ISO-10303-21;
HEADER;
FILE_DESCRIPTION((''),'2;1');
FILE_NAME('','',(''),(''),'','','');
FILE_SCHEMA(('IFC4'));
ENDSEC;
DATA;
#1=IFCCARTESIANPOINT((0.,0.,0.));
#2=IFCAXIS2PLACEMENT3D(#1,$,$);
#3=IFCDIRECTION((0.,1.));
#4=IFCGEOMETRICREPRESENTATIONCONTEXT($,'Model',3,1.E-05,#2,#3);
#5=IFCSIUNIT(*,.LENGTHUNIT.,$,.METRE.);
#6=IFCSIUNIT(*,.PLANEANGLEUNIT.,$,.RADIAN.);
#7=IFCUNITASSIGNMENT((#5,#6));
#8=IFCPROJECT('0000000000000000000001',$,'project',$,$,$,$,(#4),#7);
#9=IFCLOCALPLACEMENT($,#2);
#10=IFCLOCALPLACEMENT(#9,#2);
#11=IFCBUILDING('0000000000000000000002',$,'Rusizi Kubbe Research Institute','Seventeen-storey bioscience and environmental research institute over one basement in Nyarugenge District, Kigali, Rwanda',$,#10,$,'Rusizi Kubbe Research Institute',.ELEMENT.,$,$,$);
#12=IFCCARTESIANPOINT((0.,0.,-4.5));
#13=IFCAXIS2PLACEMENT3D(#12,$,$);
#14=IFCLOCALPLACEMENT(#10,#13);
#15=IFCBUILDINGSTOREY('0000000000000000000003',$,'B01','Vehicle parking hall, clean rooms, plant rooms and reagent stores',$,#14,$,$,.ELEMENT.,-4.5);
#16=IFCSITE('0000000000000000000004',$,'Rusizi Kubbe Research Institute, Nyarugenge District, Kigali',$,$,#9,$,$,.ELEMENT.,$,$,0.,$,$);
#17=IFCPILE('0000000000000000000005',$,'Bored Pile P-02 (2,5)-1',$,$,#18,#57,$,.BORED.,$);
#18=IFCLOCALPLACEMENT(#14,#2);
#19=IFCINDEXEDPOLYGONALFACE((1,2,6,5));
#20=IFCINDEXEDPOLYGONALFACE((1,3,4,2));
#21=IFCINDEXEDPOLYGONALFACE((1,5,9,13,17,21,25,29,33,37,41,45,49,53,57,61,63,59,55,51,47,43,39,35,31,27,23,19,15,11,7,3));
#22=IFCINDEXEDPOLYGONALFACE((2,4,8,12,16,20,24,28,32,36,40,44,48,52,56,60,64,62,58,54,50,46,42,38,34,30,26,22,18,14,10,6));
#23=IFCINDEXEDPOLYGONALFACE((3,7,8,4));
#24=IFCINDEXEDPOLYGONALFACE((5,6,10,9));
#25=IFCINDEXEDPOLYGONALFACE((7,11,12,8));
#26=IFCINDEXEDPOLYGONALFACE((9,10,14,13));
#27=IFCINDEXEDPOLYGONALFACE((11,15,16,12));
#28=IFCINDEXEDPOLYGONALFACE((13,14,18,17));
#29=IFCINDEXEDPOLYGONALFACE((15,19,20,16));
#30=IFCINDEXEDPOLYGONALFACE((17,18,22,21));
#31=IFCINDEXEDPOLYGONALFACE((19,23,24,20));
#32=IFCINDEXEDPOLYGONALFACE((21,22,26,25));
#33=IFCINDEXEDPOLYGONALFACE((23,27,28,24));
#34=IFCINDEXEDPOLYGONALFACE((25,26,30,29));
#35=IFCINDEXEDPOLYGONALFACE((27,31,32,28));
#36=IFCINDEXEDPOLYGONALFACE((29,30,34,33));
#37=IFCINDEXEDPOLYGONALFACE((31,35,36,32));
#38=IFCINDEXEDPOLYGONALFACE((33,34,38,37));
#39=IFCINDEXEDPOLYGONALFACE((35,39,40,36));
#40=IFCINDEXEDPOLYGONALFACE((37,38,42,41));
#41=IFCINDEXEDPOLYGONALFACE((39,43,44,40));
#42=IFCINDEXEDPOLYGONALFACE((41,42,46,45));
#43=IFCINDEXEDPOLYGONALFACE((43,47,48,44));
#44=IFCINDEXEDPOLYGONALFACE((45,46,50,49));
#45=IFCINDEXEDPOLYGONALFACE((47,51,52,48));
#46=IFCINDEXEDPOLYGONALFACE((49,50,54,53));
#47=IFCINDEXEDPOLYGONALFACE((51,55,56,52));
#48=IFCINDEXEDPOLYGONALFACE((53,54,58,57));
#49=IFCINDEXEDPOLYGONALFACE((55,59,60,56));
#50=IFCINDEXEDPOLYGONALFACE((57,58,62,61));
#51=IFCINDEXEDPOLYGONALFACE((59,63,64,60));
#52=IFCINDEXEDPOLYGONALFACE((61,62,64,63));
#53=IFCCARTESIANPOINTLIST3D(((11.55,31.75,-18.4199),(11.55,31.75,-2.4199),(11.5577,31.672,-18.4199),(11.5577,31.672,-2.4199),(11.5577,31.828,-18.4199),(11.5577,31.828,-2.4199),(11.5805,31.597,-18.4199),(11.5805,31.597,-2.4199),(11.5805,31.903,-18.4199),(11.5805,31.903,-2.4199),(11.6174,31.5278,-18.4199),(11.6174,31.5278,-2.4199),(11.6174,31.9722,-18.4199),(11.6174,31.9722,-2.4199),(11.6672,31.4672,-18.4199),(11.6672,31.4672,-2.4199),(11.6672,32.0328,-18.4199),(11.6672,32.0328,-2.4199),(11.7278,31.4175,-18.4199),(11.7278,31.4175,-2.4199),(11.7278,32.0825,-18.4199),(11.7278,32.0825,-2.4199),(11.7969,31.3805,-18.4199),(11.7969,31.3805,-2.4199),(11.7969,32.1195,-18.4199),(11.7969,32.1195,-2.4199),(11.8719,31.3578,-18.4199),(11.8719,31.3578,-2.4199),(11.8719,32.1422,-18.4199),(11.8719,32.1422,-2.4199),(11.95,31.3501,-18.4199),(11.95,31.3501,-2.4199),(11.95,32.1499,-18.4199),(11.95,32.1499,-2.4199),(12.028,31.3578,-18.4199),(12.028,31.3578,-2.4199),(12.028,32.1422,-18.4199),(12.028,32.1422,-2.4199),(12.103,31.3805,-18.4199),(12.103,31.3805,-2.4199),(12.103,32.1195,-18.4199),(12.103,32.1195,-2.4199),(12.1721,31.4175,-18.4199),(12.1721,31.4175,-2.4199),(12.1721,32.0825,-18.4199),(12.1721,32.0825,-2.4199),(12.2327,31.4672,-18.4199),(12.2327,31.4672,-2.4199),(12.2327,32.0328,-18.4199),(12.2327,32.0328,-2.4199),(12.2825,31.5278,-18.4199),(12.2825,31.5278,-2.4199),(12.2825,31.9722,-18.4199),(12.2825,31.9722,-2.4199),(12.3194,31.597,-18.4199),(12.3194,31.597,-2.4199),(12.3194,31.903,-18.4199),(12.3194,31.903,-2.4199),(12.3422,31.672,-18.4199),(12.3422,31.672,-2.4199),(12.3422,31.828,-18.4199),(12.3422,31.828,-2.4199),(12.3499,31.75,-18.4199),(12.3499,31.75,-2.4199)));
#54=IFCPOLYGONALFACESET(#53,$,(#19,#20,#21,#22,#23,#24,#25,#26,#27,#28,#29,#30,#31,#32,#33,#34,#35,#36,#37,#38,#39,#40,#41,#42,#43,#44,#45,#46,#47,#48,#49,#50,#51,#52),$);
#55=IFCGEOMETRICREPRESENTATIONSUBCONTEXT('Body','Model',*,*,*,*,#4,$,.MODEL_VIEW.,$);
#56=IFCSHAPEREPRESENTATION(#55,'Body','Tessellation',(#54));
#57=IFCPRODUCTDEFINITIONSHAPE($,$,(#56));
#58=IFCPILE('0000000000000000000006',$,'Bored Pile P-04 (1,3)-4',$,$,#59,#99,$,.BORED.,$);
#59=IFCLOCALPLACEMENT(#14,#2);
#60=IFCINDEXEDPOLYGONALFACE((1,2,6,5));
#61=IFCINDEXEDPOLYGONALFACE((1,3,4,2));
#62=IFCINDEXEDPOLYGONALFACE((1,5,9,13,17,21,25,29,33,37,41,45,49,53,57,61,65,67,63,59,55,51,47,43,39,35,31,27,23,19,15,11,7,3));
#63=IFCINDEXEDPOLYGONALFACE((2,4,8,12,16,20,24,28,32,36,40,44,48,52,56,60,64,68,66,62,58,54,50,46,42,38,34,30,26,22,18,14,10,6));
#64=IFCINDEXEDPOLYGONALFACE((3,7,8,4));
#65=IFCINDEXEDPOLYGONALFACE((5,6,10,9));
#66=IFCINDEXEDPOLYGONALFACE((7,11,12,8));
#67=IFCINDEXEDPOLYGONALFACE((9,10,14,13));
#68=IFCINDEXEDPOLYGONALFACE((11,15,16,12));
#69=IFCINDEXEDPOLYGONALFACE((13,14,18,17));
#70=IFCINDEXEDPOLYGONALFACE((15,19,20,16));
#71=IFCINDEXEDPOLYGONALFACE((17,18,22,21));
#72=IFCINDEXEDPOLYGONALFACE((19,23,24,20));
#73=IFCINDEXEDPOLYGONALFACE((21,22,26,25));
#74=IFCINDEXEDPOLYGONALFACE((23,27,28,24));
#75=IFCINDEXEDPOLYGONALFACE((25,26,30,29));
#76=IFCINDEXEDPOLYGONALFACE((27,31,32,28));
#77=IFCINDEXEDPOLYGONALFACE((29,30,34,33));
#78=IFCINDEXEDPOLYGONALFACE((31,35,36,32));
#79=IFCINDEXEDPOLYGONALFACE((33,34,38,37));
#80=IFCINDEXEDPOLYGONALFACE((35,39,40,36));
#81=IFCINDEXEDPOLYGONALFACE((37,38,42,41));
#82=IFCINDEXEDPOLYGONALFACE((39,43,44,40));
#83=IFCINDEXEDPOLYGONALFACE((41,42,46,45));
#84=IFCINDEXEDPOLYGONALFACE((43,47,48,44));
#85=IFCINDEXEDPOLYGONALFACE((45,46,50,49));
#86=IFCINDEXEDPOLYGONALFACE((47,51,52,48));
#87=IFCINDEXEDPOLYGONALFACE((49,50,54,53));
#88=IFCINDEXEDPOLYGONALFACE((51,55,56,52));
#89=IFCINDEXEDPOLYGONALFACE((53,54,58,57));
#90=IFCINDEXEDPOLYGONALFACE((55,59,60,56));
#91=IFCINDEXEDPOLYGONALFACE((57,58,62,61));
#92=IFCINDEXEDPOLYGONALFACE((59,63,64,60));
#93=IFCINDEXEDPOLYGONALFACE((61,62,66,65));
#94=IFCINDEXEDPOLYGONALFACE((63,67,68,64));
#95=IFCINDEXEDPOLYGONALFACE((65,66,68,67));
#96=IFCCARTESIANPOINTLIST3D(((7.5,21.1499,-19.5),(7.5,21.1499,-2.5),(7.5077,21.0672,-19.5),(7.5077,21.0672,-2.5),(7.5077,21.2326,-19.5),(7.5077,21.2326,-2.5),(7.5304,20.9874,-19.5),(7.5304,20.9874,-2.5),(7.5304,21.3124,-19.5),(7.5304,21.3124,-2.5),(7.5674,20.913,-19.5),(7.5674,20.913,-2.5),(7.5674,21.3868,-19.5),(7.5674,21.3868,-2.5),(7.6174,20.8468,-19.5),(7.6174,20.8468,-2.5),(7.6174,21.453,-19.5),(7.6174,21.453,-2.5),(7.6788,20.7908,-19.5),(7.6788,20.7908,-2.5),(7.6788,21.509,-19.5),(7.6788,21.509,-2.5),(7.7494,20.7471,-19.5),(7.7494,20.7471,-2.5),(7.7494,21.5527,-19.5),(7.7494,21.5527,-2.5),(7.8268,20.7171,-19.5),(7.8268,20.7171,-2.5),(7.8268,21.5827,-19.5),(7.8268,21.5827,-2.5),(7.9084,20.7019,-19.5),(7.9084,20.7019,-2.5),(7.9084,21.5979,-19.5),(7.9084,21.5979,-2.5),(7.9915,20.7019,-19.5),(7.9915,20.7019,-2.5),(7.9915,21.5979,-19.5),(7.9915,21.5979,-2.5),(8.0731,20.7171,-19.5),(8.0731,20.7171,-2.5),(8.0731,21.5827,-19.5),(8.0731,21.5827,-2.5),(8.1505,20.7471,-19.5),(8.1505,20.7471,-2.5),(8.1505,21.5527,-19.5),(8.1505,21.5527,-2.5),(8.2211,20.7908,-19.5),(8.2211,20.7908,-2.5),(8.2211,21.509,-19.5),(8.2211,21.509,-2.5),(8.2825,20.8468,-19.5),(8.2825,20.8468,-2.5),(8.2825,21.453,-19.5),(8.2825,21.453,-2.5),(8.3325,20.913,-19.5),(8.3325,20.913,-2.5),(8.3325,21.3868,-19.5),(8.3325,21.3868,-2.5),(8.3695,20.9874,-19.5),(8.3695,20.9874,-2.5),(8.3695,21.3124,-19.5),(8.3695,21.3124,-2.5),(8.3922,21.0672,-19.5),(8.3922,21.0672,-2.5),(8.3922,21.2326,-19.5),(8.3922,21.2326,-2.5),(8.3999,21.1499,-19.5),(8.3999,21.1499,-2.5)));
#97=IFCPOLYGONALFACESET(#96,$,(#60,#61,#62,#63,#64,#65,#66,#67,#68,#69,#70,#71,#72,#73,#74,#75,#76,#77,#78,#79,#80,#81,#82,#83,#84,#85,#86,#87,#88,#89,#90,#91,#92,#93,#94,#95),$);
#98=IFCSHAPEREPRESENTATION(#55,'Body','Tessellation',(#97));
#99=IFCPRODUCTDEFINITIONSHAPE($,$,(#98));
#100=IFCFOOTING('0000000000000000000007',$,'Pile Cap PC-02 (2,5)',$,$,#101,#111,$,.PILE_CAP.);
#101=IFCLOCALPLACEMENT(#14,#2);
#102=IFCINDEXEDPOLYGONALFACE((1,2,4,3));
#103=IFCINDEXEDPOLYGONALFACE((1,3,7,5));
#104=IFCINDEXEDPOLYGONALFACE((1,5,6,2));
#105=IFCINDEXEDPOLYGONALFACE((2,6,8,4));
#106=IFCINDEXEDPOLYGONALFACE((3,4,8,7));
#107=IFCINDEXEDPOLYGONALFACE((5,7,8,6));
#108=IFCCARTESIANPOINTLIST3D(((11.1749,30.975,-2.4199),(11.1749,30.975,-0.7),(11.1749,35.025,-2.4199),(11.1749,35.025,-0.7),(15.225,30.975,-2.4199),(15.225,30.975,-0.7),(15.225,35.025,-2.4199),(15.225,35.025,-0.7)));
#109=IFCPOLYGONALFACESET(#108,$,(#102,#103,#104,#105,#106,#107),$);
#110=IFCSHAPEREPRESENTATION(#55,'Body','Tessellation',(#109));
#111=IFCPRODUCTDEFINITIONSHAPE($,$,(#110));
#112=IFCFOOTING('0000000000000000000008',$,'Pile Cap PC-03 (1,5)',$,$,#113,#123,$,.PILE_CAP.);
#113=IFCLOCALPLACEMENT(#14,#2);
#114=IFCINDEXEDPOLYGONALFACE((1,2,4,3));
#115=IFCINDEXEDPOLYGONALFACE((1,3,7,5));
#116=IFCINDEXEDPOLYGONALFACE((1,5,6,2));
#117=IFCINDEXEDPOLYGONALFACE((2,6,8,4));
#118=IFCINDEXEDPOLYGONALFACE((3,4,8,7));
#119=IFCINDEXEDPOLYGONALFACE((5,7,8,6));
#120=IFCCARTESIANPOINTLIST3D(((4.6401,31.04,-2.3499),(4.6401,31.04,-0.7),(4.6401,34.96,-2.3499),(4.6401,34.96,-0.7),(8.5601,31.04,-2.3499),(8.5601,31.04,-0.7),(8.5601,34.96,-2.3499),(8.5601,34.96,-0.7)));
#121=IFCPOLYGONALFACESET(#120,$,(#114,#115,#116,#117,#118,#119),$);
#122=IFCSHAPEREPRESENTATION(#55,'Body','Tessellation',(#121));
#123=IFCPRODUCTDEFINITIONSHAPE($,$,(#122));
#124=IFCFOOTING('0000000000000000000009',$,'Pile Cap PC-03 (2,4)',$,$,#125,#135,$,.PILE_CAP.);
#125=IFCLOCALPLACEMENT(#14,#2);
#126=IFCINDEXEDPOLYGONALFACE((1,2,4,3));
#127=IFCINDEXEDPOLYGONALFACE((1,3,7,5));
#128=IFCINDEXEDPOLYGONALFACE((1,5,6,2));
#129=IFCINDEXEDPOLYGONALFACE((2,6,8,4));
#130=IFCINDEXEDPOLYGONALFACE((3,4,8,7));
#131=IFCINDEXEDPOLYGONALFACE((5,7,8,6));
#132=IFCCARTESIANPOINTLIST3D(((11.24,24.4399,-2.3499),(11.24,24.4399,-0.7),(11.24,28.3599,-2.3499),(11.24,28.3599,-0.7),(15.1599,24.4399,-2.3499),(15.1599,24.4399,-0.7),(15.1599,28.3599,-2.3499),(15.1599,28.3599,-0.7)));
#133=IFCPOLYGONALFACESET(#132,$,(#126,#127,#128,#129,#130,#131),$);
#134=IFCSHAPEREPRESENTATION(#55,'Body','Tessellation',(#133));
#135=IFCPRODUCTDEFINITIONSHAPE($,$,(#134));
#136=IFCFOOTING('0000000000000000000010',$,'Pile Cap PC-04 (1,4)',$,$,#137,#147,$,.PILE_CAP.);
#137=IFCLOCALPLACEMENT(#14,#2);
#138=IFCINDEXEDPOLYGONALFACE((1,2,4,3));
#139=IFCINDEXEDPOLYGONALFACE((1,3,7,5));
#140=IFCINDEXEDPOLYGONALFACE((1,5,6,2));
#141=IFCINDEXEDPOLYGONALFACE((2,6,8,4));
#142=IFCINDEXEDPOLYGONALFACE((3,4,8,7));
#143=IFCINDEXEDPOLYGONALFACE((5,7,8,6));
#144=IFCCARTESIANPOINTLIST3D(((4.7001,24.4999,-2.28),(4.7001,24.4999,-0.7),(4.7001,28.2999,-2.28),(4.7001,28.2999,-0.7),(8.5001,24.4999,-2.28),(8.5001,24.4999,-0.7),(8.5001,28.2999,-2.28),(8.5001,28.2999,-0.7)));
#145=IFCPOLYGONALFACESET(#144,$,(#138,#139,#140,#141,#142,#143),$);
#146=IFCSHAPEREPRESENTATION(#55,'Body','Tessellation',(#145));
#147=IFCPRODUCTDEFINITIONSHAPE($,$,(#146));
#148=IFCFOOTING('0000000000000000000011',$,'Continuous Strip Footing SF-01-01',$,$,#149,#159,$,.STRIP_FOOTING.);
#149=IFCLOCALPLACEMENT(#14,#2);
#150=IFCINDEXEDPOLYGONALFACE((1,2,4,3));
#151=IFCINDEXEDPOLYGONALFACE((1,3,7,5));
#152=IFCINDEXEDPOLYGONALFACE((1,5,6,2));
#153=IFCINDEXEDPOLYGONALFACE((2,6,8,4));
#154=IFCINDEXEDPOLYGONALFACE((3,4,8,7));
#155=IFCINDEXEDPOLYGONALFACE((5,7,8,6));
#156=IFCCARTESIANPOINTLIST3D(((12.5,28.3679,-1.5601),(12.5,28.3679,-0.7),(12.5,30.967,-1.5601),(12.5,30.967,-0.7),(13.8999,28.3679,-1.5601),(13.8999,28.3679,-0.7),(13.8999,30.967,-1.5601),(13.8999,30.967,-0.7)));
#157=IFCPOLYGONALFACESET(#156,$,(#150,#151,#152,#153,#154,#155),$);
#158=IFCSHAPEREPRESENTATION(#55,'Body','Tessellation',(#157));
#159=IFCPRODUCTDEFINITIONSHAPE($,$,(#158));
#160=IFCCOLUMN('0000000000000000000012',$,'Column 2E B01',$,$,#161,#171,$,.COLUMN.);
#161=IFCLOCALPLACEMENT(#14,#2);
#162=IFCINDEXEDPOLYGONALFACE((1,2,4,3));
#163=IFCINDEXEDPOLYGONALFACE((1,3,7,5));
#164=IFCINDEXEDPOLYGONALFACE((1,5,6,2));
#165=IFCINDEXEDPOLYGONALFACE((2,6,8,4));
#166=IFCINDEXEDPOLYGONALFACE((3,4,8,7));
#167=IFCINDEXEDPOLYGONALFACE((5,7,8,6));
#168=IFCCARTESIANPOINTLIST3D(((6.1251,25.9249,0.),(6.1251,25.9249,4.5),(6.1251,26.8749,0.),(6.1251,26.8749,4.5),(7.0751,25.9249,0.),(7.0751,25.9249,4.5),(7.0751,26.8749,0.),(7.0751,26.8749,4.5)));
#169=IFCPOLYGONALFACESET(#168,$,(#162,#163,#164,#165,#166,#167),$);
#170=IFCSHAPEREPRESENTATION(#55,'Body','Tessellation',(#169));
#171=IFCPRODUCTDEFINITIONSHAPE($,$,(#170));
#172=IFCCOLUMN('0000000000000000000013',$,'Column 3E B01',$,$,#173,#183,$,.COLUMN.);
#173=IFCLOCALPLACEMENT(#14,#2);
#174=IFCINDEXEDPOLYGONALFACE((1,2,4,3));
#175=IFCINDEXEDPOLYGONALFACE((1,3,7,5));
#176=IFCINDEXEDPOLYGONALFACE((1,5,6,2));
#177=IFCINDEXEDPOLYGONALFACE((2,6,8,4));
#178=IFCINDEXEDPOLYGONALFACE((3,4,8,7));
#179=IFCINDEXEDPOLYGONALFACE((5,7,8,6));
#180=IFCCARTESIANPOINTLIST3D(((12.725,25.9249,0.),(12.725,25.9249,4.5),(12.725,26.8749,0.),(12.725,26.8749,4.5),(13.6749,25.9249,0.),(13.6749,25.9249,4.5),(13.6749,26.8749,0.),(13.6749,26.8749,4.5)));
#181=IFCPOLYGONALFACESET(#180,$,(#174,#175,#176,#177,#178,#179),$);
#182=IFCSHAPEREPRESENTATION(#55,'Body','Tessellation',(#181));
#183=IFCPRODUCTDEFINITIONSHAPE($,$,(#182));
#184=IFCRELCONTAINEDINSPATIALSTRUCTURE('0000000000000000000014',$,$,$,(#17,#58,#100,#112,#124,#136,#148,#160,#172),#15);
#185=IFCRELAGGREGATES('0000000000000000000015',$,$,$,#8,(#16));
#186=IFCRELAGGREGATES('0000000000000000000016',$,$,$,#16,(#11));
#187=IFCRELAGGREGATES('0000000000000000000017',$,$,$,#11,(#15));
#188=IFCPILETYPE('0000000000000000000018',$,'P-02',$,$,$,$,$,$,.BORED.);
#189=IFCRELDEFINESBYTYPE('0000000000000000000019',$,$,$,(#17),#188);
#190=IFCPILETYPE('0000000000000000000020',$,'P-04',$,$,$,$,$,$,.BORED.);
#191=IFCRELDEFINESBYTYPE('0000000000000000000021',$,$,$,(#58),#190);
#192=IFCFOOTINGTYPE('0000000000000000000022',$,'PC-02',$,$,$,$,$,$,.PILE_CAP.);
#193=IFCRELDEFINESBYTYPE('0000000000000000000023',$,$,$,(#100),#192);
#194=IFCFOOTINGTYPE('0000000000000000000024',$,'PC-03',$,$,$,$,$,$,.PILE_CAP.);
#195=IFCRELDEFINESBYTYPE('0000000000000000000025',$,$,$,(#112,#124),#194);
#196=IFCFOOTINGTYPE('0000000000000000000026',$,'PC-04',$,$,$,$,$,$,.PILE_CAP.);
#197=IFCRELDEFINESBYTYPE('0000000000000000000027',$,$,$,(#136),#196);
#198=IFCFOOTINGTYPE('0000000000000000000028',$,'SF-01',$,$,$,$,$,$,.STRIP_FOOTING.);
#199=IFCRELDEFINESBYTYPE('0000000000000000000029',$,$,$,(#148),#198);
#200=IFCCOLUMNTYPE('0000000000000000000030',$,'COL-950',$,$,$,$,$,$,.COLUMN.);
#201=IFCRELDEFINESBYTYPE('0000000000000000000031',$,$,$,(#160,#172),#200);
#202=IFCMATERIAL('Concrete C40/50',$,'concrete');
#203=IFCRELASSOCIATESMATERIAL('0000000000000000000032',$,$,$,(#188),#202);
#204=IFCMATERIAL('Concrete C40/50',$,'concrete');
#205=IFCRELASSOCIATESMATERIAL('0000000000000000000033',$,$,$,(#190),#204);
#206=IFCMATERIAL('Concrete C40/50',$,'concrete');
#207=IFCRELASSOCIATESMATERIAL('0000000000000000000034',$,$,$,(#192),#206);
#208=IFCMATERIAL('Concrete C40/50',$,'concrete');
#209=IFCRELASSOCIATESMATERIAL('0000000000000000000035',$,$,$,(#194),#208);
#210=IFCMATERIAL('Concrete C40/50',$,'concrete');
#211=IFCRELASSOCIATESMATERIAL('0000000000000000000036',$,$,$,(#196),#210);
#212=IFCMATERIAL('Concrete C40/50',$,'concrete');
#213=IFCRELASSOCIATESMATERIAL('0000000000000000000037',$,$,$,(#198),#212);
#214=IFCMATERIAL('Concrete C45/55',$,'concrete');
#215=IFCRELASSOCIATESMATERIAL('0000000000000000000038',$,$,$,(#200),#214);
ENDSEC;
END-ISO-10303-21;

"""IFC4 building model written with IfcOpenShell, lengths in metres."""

from ifc_helpers import new_model, si_unit, direction, frame, origin, origin_2d, place, context, subcontext, project, spatial, rectangle, circle, extrude, material, material_profile, profile_set, type_object, element, save


model = new_model("IFC4")

# Units and contexts
model_context = context("Model", 3, precision=1e-05, world=origin(), true_north=direction((0.0, 1.0)))
body_context = subcontext(model_context, "Body", "Model", "MODEL_VIEW")
ifc_project = project(units=[si_unit("LENGTHUNIT", "METRE"), si_unit("PLANEANGLEUNIT", "RADIAN")], contexts=[model_context])

# Site, building, storey
site_placement = place(None, origin())
site = spatial("IfcSite", under=ifc_project, at=site_placement, Name="Rusizi Kubbe Research Institute, Nyarugenge District, Kigali", CompositionType="ELEMENT", RefElevation=0.0)
building_placement = place(site_placement, origin())
building = spatial("IfcBuilding", under=site, at=building_placement, Name="Rusizi Kubbe Research Institute", Description="Seventeen-storey bioscience and environmental research institute over one basement in Nyarugenge District, Kigali, Rwanda", LongName="Rusizi Kubbe Research Institute", CompositionType="ELEMENT")
storey_placement = place(building_placement, frame((0.0, 0.0, -4.5)))
storey = spatial("IfcBuildingStorey", under=building, at=storey_placement, Name="B01", Description="Vehicle parking hall, clean rooms, plant rooms and reagent stores", CompositionType="ELEMENT", Elevation=-4.5)

# Piles
ifc_material_1 = material(Name="Concrete C40/50", Category="concrete")
ifc_material_profile_1 = material_profile(ifc_material_1, circle(Radius=0.3999, at=origin_2d()), Name="PILE-D800")
ifc_profile_set_1 = profile_set([ifc_material_profile_1], Name="Concrete C40/50")
pile_type_1 = type_object("IfcPileType", Name="P-02", PredefinedType="BORED", material=ifc_profile_set_1)
pile_1_placement = place(storey_placement, frame((11.95, 31.75, -2.4199), z_axis=(0.0, 0.0, -1.0), x_axis=(1.0, 0.0, 0.0)))
element("IfcPile", 1, at=pile_1_placement, inside=storey, type_object=pile_type_1, Name="Bored Pile P-02 (2,5)-1", PredefinedType="BORED", context=body_context, shape_type="SweptSolid", body=[
    extrude(circle(Radius=0.3999, at=origin_2d()), origin(), (0.0, 0.0, 1.0), 16.0),
])
ifc_material_2 = material(Name="Concrete C40/50", Category="concrete")
ifc_material_profile_2 = material_profile(ifc_material_2, circle(Radius=0.45, at=origin_2d()), Name="PILE-D900")
ifc_profile_set_2 = profile_set([ifc_material_profile_2], Name="Concrete C40/50")
pile_type_2 = type_object("IfcPileType", Name="P-04", PredefinedType="BORED", material=ifc_profile_set_2)
pile_2_placement = place(storey_placement, frame((7.95, 21.1499, -2.5), z_axis=(0.0, 0.0, -1.0), x_axis=(1.0, 0.0, 0.0)))
element("IfcPile", 2, at=pile_2_placement, inside=storey, type_object=pile_type_2, Name="Bored Pile P-04 (1,3)-4", PredefinedType="BORED", context=body_context, shape_type="SweptSolid", body=[
    extrude(circle(Radius=0.45, at=origin_2d()), origin(), (0.0, 0.0, 1.0), 17.0),
])

# Footings
ifc_material_3 = material(Name="Concrete C40/50", Category="concrete")
footing_type_1 = type_object("IfcFootingType", Name="PC-02", PredefinedType="PILE_CAP", material=ifc_material_3)
footing_1_placement = place(storey_placement, frame((13.2, 33.0, -2.4199), z_axis=(0.0, 0.0, 1.0), x_axis=(1.0, 0.0, 0.0)))
element("IfcFooting", 3, at=footing_1_placement, inside=storey, type_object=footing_type_1, Name="Pile Cap PC-02 (2,5)", PredefinedType="PILE_CAP", context=body_context, shape_type="SweptSolid", body=[
    extrude(rectangle(XDim=4.05, YDim=4.05, at=origin_2d()), origin(), (0.0, 0.0, 1.0), 1.72),
])
ifc_material_4 = material(Name="Concrete C40/50", Category="concrete")
footing_type_2 = type_object("IfcFootingType", Name="PC-03", PredefinedType="PILE_CAP", material=ifc_material_4)
for number, where, z_axis, x_axis, name in (
    (4, (6.6001, 33.0, -2.3499), (0.0, 0.0, 1.0), (1.0, 0.0, 0.0), "Pile Cap PC-03 (1,5)"),
    (5, (13.2, 26.3999, -2.3499), (0.0, 0.0, 1.0), (1.0, 0.0, 0.0), "Pile Cap PC-03 (2,4)"),
):
    element("IfcFooting", number, at=place(storey_placement, frame(where, z_axis=z_axis, x_axis=x_axis)), inside=storey, type_object=footing_type_2, Name=name, PredefinedType="PILE_CAP", context=body_context, shape_type="SweptSolid", body=[
        extrude(rectangle(XDim=3.9199, YDim=3.9199, at=origin_2d()), origin(), (0.0, 0.0, 1.0), 1.6499),
    ])
ifc_material_5 = material(Name="Concrete C40/50", Category="concrete")
footing_type_3 = type_object("IfcFootingType", Name="PC-04", PredefinedType="PILE_CAP", material=ifc_material_5)
footing_2_placement = place(storey_placement, frame((6.6001, 26.3999, -2.28), z_axis=(0.0, 0.0, 1.0), x_axis=(1.0, 0.0, 0.0)))
element("IfcFooting", 6, at=footing_2_placement, inside=storey, type_object=footing_type_3, Name="Pile Cap PC-04 (1,4)", PredefinedType="PILE_CAP", context=body_context, shape_type="SweptSolid", body=[
    extrude(rectangle(XDim=3.8, YDim=3.8, at=origin_2d()), origin(), (0.0, 0.0, 1.0), 1.5801),
])
ifc_material_6 = material(Name="Concrete C40/50", Category="concrete")
footing_type_4 = type_object("IfcFootingType", Name="SF-01", PredefinedType="STRIP_FOOTING", material=ifc_material_6)
footing_3_placement = place(storey_placement, frame((13.2, 29.6675, -1.5601), z_axis=(0.0, 0.0, 1.0), x_axis=(0.0, 1.0, 0.0)))
element("IfcFooting", 7, at=footing_3_placement, inside=storey, type_object=footing_type_4, Name="Continuous Strip Footing SF-01-01", PredefinedType="STRIP_FOOTING", context=body_context, shape_type="SweptSolid", body=[
    extrude(rectangle(XDim=2.5991, YDim=1.3999, at=origin_2d()), origin(), (0.0, 0.0, 1.0), 0.8601),
])

# Columns
ifc_material_7 = material(Name="Concrete C45/55", Category="concrete")
ifc_material_profile_3 = material_profile(ifc_material_7, rectangle(XDim=0.95, YDim=0.95, at=origin_2d()), Name="RC950x950")
ifc_profile_set_3 = profile_set([ifc_material_profile_3], Name="Concrete C45/55")
column_type = type_object("IfcColumnType", Name="COL-950", PredefinedType="COLUMN", material=ifc_profile_set_3)
for number, where, z_axis, x_axis, name in (
    (8, (6.6001, 26.3999, 0.0), (0.0, 0.0, 1.0), (1.0, 0.0, 0.0), "Column 2E B01"),
    (9, (13.2, 26.3999, 0.0), (0.0, 0.0, 1.0), (1.0, 0.0, 0.0), "Column 3E B01"),
):
    element("IfcColumn", number, at=place(storey_placement, frame(where, z_axis=z_axis, x_axis=x_axis)), inside=storey, type_object=column_type, Name=name, PredefinedType="COLUMN", context=body_context, shape_type="SweptSolid", body=[
        extrude(rectangle(XDim=0.95, YDim=0.95, at=origin_2d()), origin(), (0.0, 0.0, 1.0), 4.5),
    ])

save(model, "model.ifc")
